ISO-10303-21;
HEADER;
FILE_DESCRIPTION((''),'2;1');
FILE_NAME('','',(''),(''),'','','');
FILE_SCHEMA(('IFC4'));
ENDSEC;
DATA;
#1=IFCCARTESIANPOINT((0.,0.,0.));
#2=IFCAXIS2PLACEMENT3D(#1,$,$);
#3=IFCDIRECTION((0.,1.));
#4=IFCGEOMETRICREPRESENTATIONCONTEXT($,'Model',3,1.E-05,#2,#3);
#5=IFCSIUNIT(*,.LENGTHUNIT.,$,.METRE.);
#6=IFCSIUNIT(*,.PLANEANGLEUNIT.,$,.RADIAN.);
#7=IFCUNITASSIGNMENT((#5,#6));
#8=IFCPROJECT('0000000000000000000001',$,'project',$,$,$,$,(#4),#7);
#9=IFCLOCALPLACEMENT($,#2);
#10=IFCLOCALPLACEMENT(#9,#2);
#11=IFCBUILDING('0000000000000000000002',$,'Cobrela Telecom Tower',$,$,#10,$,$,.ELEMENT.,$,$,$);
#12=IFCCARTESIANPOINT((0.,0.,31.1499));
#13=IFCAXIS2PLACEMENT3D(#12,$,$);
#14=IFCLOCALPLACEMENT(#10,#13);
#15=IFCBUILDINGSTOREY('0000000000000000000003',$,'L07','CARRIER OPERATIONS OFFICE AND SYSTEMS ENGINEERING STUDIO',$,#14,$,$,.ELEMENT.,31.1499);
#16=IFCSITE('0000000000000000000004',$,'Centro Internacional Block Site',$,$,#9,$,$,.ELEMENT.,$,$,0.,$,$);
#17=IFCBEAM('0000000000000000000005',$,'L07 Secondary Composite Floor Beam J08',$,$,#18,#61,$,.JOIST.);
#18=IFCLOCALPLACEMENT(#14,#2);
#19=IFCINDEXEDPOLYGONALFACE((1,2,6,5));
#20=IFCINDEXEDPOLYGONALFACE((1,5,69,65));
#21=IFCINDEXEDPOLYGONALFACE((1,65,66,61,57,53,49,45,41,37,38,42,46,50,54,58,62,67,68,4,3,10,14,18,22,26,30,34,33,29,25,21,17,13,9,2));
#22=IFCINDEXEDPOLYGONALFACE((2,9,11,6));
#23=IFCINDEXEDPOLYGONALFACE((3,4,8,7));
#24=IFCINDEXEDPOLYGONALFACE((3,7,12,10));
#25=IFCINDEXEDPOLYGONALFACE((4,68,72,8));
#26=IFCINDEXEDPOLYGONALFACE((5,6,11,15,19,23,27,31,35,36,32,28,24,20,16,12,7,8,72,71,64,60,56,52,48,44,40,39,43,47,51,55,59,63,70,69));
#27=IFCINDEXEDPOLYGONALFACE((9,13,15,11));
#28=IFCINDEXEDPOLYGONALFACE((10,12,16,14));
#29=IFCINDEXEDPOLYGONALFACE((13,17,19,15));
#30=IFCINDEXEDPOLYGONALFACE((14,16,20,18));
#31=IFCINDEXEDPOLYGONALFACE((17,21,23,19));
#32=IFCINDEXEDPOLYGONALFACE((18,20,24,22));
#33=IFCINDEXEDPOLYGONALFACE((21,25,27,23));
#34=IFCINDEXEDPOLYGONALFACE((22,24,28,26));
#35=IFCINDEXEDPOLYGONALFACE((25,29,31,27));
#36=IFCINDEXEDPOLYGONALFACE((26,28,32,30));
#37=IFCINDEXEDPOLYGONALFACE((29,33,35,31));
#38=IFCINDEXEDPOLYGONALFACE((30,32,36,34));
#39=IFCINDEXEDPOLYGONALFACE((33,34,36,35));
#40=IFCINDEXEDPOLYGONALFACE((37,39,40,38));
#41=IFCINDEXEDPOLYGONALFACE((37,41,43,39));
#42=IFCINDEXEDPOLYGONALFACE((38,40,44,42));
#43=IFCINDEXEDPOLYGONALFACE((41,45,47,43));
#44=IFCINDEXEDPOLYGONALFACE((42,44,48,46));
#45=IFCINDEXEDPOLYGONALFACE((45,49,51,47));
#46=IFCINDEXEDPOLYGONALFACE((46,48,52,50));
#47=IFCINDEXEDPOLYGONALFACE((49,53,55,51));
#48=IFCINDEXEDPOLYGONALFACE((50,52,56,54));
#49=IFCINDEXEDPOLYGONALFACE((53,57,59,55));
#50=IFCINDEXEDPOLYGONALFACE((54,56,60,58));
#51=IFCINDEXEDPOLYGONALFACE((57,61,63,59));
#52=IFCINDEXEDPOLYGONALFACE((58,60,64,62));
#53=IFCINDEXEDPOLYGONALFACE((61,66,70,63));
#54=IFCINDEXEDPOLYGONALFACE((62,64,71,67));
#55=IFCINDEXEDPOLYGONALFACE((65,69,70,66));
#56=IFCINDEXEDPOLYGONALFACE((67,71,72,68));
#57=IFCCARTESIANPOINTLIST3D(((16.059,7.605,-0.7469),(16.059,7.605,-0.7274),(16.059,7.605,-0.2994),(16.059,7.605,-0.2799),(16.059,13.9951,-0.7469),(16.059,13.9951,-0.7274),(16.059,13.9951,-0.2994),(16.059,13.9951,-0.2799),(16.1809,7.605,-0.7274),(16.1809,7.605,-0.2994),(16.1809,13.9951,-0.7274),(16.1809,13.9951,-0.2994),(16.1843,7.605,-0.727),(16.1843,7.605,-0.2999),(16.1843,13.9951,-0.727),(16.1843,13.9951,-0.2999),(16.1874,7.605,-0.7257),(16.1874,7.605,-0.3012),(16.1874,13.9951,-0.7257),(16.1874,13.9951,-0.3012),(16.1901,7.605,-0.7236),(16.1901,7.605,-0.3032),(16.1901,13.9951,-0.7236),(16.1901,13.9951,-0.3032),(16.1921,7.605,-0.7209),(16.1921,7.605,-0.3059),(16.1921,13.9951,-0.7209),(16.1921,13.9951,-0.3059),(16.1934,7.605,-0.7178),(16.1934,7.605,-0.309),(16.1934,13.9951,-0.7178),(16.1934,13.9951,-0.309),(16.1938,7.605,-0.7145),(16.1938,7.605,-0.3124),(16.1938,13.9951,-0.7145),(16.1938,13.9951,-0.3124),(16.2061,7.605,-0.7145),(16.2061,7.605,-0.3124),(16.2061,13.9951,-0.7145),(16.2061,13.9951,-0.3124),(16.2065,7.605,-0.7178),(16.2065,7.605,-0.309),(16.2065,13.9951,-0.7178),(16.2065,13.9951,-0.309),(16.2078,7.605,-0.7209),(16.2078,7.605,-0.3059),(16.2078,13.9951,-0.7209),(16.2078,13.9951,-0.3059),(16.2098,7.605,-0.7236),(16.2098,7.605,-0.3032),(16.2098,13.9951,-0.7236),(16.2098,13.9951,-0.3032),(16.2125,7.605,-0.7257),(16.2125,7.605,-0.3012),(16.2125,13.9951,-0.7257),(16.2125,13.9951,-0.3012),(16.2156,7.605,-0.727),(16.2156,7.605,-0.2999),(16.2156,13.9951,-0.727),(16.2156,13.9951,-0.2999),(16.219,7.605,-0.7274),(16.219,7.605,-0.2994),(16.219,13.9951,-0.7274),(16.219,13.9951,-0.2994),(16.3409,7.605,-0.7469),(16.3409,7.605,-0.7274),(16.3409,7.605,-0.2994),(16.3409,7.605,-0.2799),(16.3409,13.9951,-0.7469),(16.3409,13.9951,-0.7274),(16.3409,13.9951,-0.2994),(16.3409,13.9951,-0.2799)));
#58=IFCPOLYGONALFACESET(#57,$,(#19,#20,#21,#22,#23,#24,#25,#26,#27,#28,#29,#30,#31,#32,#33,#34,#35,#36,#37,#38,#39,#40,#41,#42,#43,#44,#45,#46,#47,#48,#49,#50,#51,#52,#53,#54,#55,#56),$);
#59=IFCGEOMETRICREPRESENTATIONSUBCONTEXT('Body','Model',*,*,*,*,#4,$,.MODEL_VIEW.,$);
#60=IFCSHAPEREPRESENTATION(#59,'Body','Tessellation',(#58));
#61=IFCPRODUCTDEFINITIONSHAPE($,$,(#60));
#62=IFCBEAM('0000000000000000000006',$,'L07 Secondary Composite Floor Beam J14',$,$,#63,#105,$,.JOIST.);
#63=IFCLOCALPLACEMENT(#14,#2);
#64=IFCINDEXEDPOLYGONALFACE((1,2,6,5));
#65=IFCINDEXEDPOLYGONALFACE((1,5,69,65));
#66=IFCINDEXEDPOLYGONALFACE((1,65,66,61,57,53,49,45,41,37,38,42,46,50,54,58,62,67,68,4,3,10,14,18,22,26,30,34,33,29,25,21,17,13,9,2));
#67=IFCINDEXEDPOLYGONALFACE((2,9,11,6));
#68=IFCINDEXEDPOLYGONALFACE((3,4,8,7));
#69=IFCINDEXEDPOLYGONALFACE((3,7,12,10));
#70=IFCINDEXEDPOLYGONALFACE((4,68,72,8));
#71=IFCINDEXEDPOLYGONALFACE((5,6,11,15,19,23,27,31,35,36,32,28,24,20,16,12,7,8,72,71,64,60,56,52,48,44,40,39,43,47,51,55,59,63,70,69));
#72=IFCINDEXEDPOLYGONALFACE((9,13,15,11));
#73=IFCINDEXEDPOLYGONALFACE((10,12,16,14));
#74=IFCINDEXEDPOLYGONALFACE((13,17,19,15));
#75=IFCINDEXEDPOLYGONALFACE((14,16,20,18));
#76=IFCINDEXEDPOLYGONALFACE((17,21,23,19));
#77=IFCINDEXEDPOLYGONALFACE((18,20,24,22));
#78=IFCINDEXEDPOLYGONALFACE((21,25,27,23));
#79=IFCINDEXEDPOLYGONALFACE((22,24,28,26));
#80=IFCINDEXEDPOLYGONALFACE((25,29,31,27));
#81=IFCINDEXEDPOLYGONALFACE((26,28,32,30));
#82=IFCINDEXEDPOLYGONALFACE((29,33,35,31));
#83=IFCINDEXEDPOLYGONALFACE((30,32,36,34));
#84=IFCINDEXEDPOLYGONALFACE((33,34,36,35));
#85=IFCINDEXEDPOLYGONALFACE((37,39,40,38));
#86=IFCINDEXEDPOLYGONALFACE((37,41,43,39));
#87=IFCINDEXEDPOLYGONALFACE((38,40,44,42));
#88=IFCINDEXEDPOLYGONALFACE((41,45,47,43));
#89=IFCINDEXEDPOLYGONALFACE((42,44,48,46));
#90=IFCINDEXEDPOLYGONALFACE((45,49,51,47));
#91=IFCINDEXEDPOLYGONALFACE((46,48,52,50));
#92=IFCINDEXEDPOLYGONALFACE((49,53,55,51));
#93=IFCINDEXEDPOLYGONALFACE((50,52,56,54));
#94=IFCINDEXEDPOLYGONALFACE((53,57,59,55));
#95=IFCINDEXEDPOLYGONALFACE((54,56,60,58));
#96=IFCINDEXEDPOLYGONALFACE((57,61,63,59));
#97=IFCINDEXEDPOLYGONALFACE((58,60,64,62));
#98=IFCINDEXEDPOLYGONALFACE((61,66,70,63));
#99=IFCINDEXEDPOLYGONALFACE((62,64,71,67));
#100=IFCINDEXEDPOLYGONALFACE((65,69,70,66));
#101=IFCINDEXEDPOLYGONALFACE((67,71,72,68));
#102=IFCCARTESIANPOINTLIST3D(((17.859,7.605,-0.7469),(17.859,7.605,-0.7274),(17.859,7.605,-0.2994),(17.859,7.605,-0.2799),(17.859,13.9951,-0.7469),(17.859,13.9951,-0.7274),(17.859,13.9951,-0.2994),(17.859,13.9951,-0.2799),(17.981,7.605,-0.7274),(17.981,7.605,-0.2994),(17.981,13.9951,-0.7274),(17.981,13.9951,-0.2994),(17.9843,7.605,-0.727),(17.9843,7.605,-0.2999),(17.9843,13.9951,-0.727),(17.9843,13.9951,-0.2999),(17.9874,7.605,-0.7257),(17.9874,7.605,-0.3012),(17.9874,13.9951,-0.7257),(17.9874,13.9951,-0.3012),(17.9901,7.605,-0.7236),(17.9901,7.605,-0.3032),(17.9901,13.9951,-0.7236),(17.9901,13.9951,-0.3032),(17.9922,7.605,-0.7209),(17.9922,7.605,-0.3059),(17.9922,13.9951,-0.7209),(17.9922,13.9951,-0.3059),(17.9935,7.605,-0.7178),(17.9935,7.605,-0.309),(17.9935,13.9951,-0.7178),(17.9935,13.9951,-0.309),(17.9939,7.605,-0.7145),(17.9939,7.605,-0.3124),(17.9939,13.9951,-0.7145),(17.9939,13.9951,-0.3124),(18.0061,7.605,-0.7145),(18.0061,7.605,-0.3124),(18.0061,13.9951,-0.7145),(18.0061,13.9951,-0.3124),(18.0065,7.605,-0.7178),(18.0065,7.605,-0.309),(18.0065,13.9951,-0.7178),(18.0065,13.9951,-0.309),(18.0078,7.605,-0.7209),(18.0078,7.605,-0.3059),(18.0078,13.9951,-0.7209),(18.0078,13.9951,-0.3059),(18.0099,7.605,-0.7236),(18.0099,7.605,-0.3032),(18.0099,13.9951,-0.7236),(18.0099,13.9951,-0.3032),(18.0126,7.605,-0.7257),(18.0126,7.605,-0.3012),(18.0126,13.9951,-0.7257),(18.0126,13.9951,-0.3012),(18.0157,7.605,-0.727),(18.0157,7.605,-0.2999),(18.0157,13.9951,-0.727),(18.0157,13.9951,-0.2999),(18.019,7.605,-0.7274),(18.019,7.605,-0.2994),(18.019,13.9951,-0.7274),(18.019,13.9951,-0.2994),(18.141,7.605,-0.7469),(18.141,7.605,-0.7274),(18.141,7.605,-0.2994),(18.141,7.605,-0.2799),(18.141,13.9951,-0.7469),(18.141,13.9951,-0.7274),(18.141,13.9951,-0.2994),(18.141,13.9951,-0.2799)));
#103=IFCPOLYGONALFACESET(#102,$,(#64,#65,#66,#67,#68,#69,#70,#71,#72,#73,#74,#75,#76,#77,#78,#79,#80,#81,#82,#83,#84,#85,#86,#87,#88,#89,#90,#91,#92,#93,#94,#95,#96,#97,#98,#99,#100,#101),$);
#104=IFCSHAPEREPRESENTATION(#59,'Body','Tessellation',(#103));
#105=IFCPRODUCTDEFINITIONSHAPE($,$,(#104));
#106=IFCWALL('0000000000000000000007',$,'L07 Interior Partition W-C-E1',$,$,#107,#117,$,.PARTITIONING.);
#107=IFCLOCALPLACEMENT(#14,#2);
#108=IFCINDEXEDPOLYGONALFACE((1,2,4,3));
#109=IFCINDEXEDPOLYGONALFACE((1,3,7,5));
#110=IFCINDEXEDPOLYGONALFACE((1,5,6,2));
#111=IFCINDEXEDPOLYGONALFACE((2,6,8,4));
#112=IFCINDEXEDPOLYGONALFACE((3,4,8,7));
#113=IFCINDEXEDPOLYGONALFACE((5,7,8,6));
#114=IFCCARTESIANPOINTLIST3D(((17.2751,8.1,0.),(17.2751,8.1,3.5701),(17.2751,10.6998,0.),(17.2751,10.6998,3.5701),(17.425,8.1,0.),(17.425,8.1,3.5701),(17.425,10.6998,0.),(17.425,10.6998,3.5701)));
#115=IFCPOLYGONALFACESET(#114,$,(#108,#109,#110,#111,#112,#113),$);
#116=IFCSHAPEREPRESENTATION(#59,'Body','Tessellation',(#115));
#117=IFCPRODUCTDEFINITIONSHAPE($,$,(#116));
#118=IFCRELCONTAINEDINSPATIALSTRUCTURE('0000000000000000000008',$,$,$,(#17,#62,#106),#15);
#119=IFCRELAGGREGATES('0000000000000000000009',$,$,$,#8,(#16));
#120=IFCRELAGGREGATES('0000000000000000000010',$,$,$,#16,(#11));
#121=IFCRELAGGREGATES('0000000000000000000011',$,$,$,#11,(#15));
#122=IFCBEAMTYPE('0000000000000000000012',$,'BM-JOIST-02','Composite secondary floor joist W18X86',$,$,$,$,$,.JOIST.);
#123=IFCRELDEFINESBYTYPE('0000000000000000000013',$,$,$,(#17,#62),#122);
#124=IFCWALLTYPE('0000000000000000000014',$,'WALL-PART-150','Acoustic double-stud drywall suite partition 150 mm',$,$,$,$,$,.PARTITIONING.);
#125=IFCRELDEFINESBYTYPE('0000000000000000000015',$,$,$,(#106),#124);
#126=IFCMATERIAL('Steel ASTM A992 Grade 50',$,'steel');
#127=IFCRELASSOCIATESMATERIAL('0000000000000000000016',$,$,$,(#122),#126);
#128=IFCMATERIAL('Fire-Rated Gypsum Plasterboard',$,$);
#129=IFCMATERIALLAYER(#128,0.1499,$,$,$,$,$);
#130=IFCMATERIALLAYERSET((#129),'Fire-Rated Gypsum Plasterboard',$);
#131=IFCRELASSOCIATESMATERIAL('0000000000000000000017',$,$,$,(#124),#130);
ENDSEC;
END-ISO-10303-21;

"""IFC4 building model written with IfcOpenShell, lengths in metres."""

from ifc_helpers import new_model, si_unit, direction, frame, frame_2d, origin, origin_2d, place, context, subcontext, project, spatial, rectangle, i_section, extrude, material, layer, layer_set, material_profile, profile_set, type_object, element, save


model = new_model("IFC4")

# Units and contexts
model_context = context("Model", 3, precision=1e-05, world=origin(), true_north=direction((0.0, 1.0)))
body_context = subcontext(model_context, "Body", "Model", "MODEL_VIEW")
ifc_project = project(units=[si_unit("LENGTHUNIT", "METRE"), si_unit("PLANEANGLEUNIT", "RADIAN")], contexts=[model_context])

# Site, building, storey
site_placement = place(None, origin())
site = spatial("IfcSite", under=ifc_project, at=site_placement, Name="Centro Internacional Block Site", CompositionType="ELEMENT", RefElevation=0.0)
building_placement = place(site_placement, origin())
building = spatial("IfcBuilding", under=site, at=building_placement, Name="Cobrela Telecom Tower", CompositionType="ELEMENT")
storey_placement = place(building_placement, frame((0.0, 0.0, 31.1499)))
storey = spatial("IfcBuildingStorey", under=building, at=storey_placement, Name="L07", Description="CARRIER OPERATIONS OFFICE AND SYSTEMS ENGINEERING STUDIO", CompositionType="ELEMENT", Elevation=31.1499)

# Beams
ifc_material_1 = material(Name="Steel ASTM A992 Grade 50", Category="steel")
ifc_material_profile = material_profile(ifc_material_1, i_section(OverallWidth=0.282, OverallDepth=0.467, WebThickness=0.0122, FlangeThickness=0.0195, FilletRadius=0.0129, at=origin_2d()), Name="W18X86")
ifc_profile_set = profile_set([ifc_material_profile], Name="Steel ASTM A992 Grade 50")
beam_type = type_object("IfcBeamType", Name="BM-JOIST-02", Description="Composite secondary floor joist W18X86", PredefinedType="JOIST", material=ifc_profile_set)
for number, where, z_axis, x_axis, name in (
    (1, (16.2, 7.605, -0.5134), (0.0, 1.0, 0.0), (-1.0, 0.0, 0.0), "L07 Secondary Composite Floor Beam J08"),
    (2, (18.0, 7.605, -0.5134), (0.0, 1.0, 0.0), (-1.0, 0.0, 0.0), "L07 Secondary Composite Floor Beam J14"),
):
    element("IfcBeam", number, at=place(storey_placement, frame(where, z_axis=z_axis, x_axis=x_axis)), inside=storey, type_object=beam_type, Name=name, PredefinedType="JOIST", context=body_context, shape_type="SweptSolid", body=[
        extrude(i_section(OverallWidth=0.282, OverallDepth=0.467, WebThickness=0.0122, FlangeThickness=0.0195, FilletRadius=0.0129, at=origin_2d()), origin(), (0.0, 0.0, 1.0), 6.3901),
    ])

# Shared definitions
ifc_material_2 = material(Name="Fire-Rated Gypsum Plasterboard")
ifc_layer_1 = layer(ifc_material_2, 0.1499)
ifc_layer_set_1 = layer_set([ifc_layer_1], Name="Fire-Rated Gypsum Plasterboard")
wall_type_1 = type_object("IfcWallType", Name="WALL-PART-150", Description="Acoustic double-stud drywall suite partition 150 mm", PredefinedType="PARTITIONING", material=ifc_layer_set_1)

# Wall
wall_1_placement = place(storey_placement, frame((17.3501, 8.1001, 0.0), z_axis=(0.0, 0.0, 1.0), x_axis=(0.0, 1.0, 0.0)))
element("IfcWall", 3, at=wall_1_placement, inside=storey, type_object=wall_type_1, Name="L07 Interior Partition W-C-E1", PredefinedType="PARTITIONING", context=body_context, shape_type="SweptSolid", body=[
    extrude(rectangle(XDim=2.5999, YDim=0.1499, at=frame_2d((1.2998, 0.0))), origin(), (0.0, 0.0, 1.0), 3.5701),
])

save(model, "model.ifc")
